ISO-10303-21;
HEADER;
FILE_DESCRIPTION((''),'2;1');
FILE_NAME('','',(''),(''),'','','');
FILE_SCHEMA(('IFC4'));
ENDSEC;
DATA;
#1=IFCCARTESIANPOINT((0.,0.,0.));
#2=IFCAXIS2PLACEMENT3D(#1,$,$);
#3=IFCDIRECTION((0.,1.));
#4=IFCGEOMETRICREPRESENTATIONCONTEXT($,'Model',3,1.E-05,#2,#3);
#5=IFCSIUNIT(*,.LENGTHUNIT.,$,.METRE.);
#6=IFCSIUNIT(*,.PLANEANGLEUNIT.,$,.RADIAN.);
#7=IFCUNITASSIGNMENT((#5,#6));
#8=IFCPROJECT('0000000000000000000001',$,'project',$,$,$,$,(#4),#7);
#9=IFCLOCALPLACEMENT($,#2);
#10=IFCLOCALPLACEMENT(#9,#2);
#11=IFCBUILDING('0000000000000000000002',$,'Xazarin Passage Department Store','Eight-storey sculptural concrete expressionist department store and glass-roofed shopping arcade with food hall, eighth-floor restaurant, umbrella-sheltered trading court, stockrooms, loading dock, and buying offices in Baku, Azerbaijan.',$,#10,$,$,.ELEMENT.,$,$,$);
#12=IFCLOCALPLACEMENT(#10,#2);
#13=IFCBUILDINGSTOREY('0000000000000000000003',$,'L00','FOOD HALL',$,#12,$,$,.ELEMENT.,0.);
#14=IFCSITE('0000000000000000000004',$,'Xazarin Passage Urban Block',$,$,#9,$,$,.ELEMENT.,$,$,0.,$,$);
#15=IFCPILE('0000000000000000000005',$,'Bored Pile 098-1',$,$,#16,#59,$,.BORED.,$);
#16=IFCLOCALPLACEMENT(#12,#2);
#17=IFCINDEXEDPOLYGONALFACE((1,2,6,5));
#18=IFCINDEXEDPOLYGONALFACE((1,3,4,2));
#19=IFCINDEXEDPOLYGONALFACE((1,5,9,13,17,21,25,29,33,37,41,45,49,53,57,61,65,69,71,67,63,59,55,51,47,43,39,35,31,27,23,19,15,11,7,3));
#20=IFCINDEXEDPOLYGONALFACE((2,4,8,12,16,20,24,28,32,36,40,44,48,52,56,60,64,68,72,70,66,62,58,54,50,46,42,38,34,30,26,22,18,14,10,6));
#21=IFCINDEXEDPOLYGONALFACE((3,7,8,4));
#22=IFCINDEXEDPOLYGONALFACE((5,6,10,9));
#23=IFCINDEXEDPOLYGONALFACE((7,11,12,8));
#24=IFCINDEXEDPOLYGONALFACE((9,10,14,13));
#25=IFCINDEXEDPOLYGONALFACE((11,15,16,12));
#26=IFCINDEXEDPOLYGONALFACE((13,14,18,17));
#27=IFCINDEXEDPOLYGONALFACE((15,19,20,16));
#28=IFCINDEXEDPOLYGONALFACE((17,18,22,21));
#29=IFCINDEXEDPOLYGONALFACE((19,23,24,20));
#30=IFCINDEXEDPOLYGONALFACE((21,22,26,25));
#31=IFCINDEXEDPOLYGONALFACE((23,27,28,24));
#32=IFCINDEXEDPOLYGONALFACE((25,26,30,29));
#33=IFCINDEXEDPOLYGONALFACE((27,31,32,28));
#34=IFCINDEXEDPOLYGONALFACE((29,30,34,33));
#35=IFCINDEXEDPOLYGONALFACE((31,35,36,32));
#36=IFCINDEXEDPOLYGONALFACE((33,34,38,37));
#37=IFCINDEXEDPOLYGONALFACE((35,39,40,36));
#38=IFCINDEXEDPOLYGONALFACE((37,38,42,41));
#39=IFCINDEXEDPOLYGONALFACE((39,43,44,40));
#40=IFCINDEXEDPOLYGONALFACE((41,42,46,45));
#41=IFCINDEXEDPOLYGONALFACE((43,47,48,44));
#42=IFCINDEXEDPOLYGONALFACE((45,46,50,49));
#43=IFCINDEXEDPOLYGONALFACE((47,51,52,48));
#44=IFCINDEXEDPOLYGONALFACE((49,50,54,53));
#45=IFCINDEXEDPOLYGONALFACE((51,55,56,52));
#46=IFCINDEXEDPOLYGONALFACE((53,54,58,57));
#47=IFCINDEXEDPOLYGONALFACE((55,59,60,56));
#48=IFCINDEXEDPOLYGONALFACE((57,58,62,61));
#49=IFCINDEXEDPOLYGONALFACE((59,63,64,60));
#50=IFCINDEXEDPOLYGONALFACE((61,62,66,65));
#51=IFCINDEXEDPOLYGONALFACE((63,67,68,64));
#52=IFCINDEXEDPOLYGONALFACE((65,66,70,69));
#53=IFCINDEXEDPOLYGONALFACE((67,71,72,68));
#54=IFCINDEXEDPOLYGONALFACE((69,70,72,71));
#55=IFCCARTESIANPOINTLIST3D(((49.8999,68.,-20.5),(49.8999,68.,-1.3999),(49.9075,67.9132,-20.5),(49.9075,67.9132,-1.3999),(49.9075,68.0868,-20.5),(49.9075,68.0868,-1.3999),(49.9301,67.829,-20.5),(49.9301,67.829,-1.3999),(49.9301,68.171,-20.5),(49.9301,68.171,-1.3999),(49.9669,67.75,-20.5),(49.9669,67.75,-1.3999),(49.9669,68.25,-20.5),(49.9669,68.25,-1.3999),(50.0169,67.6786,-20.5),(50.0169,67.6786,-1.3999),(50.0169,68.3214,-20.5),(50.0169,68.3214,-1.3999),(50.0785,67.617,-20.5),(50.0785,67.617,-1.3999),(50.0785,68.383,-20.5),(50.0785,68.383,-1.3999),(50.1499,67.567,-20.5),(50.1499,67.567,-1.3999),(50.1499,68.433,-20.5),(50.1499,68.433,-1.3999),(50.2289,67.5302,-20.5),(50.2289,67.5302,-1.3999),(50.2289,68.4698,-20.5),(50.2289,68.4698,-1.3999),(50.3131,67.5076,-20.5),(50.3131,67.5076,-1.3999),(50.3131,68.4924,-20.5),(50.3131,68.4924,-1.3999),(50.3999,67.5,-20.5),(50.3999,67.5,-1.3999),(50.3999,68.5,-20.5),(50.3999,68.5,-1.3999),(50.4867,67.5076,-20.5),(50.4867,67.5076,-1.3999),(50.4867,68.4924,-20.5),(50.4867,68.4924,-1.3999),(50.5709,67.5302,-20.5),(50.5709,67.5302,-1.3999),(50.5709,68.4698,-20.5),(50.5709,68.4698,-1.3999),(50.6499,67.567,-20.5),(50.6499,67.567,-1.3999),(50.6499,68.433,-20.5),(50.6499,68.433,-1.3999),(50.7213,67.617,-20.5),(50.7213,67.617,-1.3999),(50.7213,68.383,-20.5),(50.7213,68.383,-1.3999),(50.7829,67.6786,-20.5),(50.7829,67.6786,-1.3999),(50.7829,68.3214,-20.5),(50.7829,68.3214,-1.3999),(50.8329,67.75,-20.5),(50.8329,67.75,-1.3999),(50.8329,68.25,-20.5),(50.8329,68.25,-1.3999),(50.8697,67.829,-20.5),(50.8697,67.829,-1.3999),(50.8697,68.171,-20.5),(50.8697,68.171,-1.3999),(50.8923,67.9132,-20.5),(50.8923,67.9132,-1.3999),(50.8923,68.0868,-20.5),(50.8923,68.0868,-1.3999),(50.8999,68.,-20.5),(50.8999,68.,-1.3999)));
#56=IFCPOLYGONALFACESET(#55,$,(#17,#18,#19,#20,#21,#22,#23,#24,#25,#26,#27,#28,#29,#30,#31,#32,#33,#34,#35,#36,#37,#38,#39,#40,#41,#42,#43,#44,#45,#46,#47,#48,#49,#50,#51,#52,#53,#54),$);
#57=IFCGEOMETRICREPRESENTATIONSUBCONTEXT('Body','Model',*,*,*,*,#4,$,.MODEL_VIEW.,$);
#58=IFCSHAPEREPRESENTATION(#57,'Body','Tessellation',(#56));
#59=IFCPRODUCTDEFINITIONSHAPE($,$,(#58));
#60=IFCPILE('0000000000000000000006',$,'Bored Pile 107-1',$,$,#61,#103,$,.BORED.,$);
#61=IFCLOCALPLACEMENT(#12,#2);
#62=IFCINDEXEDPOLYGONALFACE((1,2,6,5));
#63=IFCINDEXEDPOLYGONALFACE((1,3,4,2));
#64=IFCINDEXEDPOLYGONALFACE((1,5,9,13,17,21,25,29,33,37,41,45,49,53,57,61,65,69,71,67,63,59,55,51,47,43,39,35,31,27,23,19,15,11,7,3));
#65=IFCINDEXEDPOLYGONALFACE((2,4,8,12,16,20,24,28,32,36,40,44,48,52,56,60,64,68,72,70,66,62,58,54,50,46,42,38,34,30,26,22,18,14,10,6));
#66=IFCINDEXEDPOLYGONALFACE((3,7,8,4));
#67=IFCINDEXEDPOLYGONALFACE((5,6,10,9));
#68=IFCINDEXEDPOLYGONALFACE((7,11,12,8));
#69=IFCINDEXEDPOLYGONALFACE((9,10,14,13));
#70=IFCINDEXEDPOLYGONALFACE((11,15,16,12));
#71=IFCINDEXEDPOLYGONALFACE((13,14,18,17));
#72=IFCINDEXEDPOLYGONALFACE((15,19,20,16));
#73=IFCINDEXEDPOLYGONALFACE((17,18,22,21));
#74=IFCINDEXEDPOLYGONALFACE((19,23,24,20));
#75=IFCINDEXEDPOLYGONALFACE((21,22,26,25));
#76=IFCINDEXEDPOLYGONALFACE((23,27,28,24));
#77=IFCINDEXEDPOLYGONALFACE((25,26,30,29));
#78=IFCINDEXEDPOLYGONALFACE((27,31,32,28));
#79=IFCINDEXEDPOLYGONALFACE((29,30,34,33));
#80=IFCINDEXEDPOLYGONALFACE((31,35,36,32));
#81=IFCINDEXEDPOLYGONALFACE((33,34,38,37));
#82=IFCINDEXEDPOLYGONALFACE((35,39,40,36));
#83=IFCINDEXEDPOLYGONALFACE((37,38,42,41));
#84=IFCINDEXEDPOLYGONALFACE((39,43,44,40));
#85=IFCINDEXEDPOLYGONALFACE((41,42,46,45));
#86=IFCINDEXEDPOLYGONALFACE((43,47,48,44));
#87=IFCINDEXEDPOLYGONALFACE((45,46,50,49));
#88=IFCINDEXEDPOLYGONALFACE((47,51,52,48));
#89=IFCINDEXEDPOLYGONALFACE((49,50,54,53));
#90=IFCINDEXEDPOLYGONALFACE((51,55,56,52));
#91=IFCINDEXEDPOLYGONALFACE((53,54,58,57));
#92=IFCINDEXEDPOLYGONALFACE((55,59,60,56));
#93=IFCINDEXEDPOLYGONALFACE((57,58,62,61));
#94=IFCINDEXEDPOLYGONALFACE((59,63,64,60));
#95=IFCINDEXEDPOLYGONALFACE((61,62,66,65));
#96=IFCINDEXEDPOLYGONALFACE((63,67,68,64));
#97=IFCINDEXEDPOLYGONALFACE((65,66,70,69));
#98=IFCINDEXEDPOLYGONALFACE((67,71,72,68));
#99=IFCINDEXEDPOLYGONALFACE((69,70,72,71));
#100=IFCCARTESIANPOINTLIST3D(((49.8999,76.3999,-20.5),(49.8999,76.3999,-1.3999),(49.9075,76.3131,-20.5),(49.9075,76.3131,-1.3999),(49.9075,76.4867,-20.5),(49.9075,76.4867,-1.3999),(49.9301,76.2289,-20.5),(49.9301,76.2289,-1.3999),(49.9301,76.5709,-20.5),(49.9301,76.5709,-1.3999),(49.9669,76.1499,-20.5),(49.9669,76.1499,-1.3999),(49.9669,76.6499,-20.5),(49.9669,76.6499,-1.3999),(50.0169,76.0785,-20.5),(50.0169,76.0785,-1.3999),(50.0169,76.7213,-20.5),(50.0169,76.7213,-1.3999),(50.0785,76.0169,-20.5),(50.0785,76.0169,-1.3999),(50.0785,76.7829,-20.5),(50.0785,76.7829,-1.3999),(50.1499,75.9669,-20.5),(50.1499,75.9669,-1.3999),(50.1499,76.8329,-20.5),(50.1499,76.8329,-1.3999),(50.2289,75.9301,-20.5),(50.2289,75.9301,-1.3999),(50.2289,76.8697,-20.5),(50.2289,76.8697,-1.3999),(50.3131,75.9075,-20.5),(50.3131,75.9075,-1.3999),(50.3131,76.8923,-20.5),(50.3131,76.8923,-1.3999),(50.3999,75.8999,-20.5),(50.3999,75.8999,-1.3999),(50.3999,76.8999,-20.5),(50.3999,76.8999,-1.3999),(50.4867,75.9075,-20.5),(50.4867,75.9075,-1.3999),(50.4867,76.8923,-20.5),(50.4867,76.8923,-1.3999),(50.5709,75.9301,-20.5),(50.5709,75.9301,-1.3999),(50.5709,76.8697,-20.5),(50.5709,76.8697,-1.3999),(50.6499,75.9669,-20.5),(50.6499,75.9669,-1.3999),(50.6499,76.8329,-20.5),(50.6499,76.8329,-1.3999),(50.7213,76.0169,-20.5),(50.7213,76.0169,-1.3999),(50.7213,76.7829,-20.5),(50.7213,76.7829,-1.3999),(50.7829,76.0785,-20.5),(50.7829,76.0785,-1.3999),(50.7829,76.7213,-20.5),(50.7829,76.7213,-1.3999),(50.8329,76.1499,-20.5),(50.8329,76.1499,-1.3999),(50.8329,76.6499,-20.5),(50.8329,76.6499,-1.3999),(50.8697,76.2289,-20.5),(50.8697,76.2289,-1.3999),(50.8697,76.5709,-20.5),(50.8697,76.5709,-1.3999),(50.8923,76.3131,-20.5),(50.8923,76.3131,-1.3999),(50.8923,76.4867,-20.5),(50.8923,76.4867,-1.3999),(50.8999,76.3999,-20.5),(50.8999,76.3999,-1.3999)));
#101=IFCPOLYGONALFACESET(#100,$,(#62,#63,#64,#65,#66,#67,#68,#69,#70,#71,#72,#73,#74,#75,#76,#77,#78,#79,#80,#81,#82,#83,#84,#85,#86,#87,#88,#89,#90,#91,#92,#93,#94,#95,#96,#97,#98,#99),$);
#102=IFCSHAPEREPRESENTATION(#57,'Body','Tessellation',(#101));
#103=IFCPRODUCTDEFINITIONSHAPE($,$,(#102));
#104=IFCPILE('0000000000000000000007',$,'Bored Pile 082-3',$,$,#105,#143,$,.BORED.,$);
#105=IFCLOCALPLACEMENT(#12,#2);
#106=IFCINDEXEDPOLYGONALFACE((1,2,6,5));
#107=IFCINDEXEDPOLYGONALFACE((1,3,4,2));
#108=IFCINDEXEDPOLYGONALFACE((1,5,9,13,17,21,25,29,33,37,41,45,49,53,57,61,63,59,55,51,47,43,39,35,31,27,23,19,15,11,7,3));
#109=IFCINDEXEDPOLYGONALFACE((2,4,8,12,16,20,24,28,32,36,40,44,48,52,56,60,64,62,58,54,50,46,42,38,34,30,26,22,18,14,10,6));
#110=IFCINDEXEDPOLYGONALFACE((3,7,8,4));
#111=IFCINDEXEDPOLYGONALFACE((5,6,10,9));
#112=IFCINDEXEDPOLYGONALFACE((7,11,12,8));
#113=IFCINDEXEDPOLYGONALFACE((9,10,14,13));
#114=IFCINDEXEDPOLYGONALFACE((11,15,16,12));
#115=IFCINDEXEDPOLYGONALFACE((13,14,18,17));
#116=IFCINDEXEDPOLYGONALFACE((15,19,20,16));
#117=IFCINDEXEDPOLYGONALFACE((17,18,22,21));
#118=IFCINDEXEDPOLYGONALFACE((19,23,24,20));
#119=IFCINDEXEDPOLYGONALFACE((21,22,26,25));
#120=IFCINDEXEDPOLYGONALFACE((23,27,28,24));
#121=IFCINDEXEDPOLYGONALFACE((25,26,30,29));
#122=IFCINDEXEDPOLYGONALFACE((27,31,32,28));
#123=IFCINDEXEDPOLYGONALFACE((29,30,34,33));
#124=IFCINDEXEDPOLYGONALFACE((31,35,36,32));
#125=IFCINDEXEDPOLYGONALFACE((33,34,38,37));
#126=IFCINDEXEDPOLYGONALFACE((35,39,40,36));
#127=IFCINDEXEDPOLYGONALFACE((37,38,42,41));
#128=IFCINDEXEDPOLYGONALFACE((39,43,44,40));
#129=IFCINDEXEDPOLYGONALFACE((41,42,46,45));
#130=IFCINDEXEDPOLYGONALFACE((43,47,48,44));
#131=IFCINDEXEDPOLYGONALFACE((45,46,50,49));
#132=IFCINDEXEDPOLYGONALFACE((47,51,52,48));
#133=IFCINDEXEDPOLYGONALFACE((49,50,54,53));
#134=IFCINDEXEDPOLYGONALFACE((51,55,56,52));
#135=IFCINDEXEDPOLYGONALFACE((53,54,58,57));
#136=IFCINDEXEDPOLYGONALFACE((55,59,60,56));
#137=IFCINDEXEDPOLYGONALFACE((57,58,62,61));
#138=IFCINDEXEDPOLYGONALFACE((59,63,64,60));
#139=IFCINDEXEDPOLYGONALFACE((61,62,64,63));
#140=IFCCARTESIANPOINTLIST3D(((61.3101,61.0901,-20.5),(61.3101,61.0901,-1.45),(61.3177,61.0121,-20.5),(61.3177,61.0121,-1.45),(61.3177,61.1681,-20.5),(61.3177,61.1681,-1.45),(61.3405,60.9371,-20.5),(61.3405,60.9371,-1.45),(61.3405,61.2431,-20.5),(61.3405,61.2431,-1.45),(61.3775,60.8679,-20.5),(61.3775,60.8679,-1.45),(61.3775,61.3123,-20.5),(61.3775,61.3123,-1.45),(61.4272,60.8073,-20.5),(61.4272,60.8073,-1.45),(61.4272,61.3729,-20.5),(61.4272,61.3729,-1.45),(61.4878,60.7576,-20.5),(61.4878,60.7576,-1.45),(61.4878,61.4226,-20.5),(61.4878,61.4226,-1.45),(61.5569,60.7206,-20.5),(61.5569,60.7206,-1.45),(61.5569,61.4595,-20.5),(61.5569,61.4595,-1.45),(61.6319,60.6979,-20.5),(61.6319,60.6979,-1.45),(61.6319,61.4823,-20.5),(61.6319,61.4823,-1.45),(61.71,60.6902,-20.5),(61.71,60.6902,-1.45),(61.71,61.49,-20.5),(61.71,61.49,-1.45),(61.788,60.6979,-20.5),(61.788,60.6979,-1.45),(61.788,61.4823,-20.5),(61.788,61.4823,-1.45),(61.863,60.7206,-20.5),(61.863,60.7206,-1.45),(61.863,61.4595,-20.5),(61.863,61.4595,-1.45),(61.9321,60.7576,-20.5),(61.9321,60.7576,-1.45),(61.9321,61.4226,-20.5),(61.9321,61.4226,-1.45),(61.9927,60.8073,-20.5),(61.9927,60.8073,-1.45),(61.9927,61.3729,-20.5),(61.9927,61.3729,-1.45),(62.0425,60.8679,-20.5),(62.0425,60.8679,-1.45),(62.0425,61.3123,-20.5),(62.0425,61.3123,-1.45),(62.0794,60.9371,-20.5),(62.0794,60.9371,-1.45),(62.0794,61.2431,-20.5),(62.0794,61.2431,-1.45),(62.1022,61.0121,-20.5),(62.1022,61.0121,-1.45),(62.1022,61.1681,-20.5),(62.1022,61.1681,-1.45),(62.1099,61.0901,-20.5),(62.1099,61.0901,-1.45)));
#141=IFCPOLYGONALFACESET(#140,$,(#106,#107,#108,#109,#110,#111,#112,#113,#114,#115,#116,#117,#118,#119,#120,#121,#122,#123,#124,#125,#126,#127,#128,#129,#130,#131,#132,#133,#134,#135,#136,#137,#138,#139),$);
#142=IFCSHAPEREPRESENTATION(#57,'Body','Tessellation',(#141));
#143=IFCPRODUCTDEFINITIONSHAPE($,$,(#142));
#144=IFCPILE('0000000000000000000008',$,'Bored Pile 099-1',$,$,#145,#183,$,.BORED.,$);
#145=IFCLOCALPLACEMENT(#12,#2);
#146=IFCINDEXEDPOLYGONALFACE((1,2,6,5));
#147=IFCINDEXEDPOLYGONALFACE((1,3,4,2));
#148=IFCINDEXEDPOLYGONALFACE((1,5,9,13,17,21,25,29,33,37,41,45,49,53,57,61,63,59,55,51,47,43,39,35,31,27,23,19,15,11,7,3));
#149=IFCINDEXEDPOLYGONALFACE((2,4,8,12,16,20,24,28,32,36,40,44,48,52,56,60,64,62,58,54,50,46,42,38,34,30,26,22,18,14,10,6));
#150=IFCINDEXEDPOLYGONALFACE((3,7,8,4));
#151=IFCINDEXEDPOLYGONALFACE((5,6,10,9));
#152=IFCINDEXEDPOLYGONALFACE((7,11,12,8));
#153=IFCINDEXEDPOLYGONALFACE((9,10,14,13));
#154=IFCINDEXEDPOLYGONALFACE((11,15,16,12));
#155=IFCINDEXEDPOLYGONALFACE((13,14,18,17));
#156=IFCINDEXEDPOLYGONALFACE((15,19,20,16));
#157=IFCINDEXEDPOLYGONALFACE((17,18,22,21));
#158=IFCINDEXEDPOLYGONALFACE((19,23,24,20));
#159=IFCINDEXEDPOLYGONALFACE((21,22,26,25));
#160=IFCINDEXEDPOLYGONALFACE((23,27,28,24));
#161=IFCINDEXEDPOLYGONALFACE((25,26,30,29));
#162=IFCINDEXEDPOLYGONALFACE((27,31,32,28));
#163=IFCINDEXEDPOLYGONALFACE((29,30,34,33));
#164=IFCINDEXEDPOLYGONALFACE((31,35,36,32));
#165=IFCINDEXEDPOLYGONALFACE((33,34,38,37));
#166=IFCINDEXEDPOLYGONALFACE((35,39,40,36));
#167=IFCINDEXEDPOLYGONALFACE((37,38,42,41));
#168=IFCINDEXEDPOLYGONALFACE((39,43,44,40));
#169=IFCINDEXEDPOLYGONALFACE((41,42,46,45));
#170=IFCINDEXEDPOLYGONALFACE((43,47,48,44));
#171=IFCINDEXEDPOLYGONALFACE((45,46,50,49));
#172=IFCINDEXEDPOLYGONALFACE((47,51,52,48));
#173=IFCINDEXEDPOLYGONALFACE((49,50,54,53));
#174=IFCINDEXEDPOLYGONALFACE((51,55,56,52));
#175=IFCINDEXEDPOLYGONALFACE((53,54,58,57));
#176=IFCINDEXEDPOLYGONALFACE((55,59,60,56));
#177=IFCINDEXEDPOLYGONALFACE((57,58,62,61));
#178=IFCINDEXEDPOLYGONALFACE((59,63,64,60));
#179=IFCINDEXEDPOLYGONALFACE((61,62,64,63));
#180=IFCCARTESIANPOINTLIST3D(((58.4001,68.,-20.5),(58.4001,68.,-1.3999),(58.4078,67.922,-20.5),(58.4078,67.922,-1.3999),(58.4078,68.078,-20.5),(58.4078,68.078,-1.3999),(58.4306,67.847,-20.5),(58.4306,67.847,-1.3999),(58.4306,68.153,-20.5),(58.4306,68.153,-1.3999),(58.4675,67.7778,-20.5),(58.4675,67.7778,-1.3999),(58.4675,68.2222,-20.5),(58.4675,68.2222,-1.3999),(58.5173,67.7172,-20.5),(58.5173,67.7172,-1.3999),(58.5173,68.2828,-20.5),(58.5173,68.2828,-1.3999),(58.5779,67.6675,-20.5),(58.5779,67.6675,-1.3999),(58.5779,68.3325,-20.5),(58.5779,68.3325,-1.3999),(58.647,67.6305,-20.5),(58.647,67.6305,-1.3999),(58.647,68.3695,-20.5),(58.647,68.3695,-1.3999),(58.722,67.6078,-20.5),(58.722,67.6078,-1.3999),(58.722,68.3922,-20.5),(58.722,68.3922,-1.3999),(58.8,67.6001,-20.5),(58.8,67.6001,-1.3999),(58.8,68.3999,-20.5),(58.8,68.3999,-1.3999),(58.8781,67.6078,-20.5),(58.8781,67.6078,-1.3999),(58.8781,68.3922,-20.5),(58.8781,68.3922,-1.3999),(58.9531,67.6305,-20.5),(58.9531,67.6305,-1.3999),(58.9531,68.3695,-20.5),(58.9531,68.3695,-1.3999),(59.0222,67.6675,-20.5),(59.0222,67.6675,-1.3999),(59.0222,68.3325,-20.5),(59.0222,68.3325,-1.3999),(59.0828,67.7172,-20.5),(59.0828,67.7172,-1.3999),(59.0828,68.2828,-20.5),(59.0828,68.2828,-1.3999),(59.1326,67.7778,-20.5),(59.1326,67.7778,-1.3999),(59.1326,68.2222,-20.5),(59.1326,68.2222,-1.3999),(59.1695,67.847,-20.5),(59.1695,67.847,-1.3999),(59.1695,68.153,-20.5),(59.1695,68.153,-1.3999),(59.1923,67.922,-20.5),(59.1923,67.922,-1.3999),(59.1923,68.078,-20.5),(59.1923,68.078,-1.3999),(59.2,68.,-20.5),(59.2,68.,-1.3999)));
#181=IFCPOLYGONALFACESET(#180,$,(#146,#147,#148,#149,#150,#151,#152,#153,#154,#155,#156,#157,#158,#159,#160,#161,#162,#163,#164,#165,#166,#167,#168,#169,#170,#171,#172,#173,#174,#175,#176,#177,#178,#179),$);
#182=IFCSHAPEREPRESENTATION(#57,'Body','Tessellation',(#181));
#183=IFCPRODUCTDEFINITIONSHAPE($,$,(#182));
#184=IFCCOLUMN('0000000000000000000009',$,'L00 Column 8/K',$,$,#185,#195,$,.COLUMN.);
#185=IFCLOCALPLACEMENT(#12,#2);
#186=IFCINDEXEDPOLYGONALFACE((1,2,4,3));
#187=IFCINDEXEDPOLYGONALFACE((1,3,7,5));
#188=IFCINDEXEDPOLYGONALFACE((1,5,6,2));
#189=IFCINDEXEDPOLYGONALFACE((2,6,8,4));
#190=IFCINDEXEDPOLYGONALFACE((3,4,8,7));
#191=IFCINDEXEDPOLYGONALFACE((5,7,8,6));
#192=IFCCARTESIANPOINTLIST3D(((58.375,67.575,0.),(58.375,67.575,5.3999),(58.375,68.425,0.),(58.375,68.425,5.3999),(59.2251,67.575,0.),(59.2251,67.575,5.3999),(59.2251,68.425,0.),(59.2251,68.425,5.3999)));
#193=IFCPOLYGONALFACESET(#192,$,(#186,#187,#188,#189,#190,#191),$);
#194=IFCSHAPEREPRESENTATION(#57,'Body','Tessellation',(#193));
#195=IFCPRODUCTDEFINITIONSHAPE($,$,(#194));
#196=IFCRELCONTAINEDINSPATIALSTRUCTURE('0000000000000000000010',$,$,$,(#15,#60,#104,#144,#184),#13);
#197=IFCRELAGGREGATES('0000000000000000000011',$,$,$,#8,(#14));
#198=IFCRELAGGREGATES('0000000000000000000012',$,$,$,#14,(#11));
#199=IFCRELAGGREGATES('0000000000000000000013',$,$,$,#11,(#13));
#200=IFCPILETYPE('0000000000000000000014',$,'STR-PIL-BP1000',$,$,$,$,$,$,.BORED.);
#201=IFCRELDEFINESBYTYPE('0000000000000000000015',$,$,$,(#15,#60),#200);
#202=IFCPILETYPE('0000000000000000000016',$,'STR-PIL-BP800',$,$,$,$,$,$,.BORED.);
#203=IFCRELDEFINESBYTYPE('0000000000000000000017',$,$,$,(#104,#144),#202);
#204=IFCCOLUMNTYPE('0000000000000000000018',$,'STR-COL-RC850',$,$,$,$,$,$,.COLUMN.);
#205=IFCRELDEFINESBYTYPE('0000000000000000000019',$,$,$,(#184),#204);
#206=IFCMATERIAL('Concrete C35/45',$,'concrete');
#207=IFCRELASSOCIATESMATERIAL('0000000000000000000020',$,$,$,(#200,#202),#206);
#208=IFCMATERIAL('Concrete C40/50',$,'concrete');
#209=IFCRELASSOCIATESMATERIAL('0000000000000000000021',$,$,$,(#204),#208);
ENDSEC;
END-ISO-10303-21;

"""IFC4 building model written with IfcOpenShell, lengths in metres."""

from ifc_helpers import new_model, si_unit, direction, frame, origin, origin_2d, place, context, subcontext, project, spatial, rectangle, circle, extrude, material, material_profile, profile_set, type_object, element, save


model = new_model("IFC4")

# Units and contexts
model_context = context("Model", 3, precision=1e-05, world=origin(), true_north=direction((0.0, 1.0)))
body_context = subcontext(model_context, "Body", "Model", "MODEL_VIEW")
ifc_project = project(units=[si_unit("LENGTHUNIT", "METRE"), si_unit("PLANEANGLEUNIT", "RADIAN")], contexts=[model_context])

# Site, building, storey
site_placement = place(None, origin())
site = spatial("IfcSite", under=ifc_project, at=site_placement, Name="Xazarin Passage Urban Block", CompositionType="ELEMENT", RefElevation=0.0)
building_placement = place(site_placement, origin())
building = spatial("IfcBuilding", under=site, at=building_placement, Name="Xazarin Passage Department Store", Description="Eight-storey sculptural concrete expressionist department store and glass-roofed shopping arcade with food hall, eighth-floor restaurant, umbrella-sheltered trading court, stockrooms, loading dock, and buying offices in Baku, Azerbaijan.", CompositionType="ELEMENT")
storey_placement = place(building_placement, origin())
storey = spatial("IfcBuildingStorey", under=building, at=storey_placement, Name="L00", Description="FOOD HALL", CompositionType="ELEMENT", Elevation=0.0)

# Shared definitions
ifc_material_1 = material(Name="Concrete C35/45", Category="concrete")

# Piles
ifc_material_profile_1 = material_profile(ifc_material_1, circle(Radius=0.5, at=origin_2d()), Name="BP 1000")
ifc_profile_set_1 = profile_set([ifc_material_profile_1], Name="Concrete C35/45")
pile_type_1 = type_object("IfcPileType", Name="STR-PIL-BP1000", PredefinedType="BORED", material=ifc_profile_set_1)
for number, where, z_axis, x_axis, name in (
    (1, (50.3999, 68.0, -1.3999), (0.0, 0.0, -1.0), (1.0, 0.0, 0.0), "Bored Pile 098-1"),
    (2, (50.3999, 76.3999, -1.3999), (0.0, 0.0, -1.0), (1.0, 0.0, 0.0), "Bored Pile 107-1"),
):
    element("IfcPile", number, at=place(storey_placement, frame(where, z_axis=z_axis, x_axis=x_axis)), inside=storey, type_object=pile_type_1, Name=name, PredefinedType="BORED", context=body_context, shape_type="SweptSolid", body=[
        extrude(circle(Radius=0.5, at=origin_2d()), origin(), (0.0, 0.0, 1.0), 19.1001),
    ])
ifc_material_profile_2 = material_profile(ifc_material_1, circle(Radius=0.3999, at=origin_2d()), Name="BP 800")
ifc_profile_set_2 = profile_set([ifc_material_profile_2], Name="Concrete C35/45")
pile_type_2 = type_object("IfcPileType", Name="STR-PIL-BP800", PredefinedType="BORED", material=ifc_profile_set_2)
pile_1_placement = place(storey_placement, frame((61.71, 61.0901, -1.45), z_axis=(0.0, 0.0, -1.0), x_axis=(1.0, 0.0, 0.0)))
element("IfcPile", 3, at=pile_1_placement, inside=storey, type_object=pile_type_2, Name="Bored Pile 082-3", PredefinedType="BORED", context=body_context, shape_type="SweptSolid", body=[
    extrude(circle(Radius=0.3999, at=origin_2d()), origin(), (0.0, 0.0, 1.0), 19.05),
])
pile_2_placement = place(storey_placement, frame((58.8, 68.0, -1.3999), z_axis=(0.0, 0.0, -1.0), x_axis=(1.0, 0.0, 0.0)))
element("IfcPile", 4, at=pile_2_placement, inside=storey, type_object=pile_type_2, Name="Bored Pile 099-1", PredefinedType="BORED", context=body_context, shape_type="SweptSolid", body=[
    extrude(circle(Radius=0.3999, at=origin_2d()), origin(), (0.0, 0.0, 1.0), 19.1001),
])

# Column
ifc_material_2 = material(Name="Concrete C40/50", Category="concrete")
ifc_material_profile_3 = material_profile(ifc_material_2, rectangle(XDim=0.8501, YDim=0.8501, at=origin_2d()), Name="RC 850x850")
ifc_profile_set_3 = profile_set([ifc_material_profile_3], Name="Concrete C40/50")
column_type = type_object("IfcColumnType", Name="STR-COL-RC850", PredefinedType="COLUMN", material=ifc_profile_set_3)
for number, where, z_axis, x_axis, name in (
    (5, (58.8, 68.0, 0.0), (0.0, 0.0, 1.0), (1.0, 0.0, 0.0), "L00 Column 8/K"),
):
    element("IfcColumn", number, at=place(storey_placement, frame(where, z_axis=z_axis, x_axis=x_axis)), inside=storey, type_object=column_type, Name=name, PredefinedType="COLUMN", context=body_context, shape_type="SweptSolid", body=[
        extrude(rectangle(XDim=0.8501, YDim=0.8501, at=origin_2d()), origin(), (0.0, 0.0, 1.0), 5.3999),
    ])

save(model, "model.ifc")
